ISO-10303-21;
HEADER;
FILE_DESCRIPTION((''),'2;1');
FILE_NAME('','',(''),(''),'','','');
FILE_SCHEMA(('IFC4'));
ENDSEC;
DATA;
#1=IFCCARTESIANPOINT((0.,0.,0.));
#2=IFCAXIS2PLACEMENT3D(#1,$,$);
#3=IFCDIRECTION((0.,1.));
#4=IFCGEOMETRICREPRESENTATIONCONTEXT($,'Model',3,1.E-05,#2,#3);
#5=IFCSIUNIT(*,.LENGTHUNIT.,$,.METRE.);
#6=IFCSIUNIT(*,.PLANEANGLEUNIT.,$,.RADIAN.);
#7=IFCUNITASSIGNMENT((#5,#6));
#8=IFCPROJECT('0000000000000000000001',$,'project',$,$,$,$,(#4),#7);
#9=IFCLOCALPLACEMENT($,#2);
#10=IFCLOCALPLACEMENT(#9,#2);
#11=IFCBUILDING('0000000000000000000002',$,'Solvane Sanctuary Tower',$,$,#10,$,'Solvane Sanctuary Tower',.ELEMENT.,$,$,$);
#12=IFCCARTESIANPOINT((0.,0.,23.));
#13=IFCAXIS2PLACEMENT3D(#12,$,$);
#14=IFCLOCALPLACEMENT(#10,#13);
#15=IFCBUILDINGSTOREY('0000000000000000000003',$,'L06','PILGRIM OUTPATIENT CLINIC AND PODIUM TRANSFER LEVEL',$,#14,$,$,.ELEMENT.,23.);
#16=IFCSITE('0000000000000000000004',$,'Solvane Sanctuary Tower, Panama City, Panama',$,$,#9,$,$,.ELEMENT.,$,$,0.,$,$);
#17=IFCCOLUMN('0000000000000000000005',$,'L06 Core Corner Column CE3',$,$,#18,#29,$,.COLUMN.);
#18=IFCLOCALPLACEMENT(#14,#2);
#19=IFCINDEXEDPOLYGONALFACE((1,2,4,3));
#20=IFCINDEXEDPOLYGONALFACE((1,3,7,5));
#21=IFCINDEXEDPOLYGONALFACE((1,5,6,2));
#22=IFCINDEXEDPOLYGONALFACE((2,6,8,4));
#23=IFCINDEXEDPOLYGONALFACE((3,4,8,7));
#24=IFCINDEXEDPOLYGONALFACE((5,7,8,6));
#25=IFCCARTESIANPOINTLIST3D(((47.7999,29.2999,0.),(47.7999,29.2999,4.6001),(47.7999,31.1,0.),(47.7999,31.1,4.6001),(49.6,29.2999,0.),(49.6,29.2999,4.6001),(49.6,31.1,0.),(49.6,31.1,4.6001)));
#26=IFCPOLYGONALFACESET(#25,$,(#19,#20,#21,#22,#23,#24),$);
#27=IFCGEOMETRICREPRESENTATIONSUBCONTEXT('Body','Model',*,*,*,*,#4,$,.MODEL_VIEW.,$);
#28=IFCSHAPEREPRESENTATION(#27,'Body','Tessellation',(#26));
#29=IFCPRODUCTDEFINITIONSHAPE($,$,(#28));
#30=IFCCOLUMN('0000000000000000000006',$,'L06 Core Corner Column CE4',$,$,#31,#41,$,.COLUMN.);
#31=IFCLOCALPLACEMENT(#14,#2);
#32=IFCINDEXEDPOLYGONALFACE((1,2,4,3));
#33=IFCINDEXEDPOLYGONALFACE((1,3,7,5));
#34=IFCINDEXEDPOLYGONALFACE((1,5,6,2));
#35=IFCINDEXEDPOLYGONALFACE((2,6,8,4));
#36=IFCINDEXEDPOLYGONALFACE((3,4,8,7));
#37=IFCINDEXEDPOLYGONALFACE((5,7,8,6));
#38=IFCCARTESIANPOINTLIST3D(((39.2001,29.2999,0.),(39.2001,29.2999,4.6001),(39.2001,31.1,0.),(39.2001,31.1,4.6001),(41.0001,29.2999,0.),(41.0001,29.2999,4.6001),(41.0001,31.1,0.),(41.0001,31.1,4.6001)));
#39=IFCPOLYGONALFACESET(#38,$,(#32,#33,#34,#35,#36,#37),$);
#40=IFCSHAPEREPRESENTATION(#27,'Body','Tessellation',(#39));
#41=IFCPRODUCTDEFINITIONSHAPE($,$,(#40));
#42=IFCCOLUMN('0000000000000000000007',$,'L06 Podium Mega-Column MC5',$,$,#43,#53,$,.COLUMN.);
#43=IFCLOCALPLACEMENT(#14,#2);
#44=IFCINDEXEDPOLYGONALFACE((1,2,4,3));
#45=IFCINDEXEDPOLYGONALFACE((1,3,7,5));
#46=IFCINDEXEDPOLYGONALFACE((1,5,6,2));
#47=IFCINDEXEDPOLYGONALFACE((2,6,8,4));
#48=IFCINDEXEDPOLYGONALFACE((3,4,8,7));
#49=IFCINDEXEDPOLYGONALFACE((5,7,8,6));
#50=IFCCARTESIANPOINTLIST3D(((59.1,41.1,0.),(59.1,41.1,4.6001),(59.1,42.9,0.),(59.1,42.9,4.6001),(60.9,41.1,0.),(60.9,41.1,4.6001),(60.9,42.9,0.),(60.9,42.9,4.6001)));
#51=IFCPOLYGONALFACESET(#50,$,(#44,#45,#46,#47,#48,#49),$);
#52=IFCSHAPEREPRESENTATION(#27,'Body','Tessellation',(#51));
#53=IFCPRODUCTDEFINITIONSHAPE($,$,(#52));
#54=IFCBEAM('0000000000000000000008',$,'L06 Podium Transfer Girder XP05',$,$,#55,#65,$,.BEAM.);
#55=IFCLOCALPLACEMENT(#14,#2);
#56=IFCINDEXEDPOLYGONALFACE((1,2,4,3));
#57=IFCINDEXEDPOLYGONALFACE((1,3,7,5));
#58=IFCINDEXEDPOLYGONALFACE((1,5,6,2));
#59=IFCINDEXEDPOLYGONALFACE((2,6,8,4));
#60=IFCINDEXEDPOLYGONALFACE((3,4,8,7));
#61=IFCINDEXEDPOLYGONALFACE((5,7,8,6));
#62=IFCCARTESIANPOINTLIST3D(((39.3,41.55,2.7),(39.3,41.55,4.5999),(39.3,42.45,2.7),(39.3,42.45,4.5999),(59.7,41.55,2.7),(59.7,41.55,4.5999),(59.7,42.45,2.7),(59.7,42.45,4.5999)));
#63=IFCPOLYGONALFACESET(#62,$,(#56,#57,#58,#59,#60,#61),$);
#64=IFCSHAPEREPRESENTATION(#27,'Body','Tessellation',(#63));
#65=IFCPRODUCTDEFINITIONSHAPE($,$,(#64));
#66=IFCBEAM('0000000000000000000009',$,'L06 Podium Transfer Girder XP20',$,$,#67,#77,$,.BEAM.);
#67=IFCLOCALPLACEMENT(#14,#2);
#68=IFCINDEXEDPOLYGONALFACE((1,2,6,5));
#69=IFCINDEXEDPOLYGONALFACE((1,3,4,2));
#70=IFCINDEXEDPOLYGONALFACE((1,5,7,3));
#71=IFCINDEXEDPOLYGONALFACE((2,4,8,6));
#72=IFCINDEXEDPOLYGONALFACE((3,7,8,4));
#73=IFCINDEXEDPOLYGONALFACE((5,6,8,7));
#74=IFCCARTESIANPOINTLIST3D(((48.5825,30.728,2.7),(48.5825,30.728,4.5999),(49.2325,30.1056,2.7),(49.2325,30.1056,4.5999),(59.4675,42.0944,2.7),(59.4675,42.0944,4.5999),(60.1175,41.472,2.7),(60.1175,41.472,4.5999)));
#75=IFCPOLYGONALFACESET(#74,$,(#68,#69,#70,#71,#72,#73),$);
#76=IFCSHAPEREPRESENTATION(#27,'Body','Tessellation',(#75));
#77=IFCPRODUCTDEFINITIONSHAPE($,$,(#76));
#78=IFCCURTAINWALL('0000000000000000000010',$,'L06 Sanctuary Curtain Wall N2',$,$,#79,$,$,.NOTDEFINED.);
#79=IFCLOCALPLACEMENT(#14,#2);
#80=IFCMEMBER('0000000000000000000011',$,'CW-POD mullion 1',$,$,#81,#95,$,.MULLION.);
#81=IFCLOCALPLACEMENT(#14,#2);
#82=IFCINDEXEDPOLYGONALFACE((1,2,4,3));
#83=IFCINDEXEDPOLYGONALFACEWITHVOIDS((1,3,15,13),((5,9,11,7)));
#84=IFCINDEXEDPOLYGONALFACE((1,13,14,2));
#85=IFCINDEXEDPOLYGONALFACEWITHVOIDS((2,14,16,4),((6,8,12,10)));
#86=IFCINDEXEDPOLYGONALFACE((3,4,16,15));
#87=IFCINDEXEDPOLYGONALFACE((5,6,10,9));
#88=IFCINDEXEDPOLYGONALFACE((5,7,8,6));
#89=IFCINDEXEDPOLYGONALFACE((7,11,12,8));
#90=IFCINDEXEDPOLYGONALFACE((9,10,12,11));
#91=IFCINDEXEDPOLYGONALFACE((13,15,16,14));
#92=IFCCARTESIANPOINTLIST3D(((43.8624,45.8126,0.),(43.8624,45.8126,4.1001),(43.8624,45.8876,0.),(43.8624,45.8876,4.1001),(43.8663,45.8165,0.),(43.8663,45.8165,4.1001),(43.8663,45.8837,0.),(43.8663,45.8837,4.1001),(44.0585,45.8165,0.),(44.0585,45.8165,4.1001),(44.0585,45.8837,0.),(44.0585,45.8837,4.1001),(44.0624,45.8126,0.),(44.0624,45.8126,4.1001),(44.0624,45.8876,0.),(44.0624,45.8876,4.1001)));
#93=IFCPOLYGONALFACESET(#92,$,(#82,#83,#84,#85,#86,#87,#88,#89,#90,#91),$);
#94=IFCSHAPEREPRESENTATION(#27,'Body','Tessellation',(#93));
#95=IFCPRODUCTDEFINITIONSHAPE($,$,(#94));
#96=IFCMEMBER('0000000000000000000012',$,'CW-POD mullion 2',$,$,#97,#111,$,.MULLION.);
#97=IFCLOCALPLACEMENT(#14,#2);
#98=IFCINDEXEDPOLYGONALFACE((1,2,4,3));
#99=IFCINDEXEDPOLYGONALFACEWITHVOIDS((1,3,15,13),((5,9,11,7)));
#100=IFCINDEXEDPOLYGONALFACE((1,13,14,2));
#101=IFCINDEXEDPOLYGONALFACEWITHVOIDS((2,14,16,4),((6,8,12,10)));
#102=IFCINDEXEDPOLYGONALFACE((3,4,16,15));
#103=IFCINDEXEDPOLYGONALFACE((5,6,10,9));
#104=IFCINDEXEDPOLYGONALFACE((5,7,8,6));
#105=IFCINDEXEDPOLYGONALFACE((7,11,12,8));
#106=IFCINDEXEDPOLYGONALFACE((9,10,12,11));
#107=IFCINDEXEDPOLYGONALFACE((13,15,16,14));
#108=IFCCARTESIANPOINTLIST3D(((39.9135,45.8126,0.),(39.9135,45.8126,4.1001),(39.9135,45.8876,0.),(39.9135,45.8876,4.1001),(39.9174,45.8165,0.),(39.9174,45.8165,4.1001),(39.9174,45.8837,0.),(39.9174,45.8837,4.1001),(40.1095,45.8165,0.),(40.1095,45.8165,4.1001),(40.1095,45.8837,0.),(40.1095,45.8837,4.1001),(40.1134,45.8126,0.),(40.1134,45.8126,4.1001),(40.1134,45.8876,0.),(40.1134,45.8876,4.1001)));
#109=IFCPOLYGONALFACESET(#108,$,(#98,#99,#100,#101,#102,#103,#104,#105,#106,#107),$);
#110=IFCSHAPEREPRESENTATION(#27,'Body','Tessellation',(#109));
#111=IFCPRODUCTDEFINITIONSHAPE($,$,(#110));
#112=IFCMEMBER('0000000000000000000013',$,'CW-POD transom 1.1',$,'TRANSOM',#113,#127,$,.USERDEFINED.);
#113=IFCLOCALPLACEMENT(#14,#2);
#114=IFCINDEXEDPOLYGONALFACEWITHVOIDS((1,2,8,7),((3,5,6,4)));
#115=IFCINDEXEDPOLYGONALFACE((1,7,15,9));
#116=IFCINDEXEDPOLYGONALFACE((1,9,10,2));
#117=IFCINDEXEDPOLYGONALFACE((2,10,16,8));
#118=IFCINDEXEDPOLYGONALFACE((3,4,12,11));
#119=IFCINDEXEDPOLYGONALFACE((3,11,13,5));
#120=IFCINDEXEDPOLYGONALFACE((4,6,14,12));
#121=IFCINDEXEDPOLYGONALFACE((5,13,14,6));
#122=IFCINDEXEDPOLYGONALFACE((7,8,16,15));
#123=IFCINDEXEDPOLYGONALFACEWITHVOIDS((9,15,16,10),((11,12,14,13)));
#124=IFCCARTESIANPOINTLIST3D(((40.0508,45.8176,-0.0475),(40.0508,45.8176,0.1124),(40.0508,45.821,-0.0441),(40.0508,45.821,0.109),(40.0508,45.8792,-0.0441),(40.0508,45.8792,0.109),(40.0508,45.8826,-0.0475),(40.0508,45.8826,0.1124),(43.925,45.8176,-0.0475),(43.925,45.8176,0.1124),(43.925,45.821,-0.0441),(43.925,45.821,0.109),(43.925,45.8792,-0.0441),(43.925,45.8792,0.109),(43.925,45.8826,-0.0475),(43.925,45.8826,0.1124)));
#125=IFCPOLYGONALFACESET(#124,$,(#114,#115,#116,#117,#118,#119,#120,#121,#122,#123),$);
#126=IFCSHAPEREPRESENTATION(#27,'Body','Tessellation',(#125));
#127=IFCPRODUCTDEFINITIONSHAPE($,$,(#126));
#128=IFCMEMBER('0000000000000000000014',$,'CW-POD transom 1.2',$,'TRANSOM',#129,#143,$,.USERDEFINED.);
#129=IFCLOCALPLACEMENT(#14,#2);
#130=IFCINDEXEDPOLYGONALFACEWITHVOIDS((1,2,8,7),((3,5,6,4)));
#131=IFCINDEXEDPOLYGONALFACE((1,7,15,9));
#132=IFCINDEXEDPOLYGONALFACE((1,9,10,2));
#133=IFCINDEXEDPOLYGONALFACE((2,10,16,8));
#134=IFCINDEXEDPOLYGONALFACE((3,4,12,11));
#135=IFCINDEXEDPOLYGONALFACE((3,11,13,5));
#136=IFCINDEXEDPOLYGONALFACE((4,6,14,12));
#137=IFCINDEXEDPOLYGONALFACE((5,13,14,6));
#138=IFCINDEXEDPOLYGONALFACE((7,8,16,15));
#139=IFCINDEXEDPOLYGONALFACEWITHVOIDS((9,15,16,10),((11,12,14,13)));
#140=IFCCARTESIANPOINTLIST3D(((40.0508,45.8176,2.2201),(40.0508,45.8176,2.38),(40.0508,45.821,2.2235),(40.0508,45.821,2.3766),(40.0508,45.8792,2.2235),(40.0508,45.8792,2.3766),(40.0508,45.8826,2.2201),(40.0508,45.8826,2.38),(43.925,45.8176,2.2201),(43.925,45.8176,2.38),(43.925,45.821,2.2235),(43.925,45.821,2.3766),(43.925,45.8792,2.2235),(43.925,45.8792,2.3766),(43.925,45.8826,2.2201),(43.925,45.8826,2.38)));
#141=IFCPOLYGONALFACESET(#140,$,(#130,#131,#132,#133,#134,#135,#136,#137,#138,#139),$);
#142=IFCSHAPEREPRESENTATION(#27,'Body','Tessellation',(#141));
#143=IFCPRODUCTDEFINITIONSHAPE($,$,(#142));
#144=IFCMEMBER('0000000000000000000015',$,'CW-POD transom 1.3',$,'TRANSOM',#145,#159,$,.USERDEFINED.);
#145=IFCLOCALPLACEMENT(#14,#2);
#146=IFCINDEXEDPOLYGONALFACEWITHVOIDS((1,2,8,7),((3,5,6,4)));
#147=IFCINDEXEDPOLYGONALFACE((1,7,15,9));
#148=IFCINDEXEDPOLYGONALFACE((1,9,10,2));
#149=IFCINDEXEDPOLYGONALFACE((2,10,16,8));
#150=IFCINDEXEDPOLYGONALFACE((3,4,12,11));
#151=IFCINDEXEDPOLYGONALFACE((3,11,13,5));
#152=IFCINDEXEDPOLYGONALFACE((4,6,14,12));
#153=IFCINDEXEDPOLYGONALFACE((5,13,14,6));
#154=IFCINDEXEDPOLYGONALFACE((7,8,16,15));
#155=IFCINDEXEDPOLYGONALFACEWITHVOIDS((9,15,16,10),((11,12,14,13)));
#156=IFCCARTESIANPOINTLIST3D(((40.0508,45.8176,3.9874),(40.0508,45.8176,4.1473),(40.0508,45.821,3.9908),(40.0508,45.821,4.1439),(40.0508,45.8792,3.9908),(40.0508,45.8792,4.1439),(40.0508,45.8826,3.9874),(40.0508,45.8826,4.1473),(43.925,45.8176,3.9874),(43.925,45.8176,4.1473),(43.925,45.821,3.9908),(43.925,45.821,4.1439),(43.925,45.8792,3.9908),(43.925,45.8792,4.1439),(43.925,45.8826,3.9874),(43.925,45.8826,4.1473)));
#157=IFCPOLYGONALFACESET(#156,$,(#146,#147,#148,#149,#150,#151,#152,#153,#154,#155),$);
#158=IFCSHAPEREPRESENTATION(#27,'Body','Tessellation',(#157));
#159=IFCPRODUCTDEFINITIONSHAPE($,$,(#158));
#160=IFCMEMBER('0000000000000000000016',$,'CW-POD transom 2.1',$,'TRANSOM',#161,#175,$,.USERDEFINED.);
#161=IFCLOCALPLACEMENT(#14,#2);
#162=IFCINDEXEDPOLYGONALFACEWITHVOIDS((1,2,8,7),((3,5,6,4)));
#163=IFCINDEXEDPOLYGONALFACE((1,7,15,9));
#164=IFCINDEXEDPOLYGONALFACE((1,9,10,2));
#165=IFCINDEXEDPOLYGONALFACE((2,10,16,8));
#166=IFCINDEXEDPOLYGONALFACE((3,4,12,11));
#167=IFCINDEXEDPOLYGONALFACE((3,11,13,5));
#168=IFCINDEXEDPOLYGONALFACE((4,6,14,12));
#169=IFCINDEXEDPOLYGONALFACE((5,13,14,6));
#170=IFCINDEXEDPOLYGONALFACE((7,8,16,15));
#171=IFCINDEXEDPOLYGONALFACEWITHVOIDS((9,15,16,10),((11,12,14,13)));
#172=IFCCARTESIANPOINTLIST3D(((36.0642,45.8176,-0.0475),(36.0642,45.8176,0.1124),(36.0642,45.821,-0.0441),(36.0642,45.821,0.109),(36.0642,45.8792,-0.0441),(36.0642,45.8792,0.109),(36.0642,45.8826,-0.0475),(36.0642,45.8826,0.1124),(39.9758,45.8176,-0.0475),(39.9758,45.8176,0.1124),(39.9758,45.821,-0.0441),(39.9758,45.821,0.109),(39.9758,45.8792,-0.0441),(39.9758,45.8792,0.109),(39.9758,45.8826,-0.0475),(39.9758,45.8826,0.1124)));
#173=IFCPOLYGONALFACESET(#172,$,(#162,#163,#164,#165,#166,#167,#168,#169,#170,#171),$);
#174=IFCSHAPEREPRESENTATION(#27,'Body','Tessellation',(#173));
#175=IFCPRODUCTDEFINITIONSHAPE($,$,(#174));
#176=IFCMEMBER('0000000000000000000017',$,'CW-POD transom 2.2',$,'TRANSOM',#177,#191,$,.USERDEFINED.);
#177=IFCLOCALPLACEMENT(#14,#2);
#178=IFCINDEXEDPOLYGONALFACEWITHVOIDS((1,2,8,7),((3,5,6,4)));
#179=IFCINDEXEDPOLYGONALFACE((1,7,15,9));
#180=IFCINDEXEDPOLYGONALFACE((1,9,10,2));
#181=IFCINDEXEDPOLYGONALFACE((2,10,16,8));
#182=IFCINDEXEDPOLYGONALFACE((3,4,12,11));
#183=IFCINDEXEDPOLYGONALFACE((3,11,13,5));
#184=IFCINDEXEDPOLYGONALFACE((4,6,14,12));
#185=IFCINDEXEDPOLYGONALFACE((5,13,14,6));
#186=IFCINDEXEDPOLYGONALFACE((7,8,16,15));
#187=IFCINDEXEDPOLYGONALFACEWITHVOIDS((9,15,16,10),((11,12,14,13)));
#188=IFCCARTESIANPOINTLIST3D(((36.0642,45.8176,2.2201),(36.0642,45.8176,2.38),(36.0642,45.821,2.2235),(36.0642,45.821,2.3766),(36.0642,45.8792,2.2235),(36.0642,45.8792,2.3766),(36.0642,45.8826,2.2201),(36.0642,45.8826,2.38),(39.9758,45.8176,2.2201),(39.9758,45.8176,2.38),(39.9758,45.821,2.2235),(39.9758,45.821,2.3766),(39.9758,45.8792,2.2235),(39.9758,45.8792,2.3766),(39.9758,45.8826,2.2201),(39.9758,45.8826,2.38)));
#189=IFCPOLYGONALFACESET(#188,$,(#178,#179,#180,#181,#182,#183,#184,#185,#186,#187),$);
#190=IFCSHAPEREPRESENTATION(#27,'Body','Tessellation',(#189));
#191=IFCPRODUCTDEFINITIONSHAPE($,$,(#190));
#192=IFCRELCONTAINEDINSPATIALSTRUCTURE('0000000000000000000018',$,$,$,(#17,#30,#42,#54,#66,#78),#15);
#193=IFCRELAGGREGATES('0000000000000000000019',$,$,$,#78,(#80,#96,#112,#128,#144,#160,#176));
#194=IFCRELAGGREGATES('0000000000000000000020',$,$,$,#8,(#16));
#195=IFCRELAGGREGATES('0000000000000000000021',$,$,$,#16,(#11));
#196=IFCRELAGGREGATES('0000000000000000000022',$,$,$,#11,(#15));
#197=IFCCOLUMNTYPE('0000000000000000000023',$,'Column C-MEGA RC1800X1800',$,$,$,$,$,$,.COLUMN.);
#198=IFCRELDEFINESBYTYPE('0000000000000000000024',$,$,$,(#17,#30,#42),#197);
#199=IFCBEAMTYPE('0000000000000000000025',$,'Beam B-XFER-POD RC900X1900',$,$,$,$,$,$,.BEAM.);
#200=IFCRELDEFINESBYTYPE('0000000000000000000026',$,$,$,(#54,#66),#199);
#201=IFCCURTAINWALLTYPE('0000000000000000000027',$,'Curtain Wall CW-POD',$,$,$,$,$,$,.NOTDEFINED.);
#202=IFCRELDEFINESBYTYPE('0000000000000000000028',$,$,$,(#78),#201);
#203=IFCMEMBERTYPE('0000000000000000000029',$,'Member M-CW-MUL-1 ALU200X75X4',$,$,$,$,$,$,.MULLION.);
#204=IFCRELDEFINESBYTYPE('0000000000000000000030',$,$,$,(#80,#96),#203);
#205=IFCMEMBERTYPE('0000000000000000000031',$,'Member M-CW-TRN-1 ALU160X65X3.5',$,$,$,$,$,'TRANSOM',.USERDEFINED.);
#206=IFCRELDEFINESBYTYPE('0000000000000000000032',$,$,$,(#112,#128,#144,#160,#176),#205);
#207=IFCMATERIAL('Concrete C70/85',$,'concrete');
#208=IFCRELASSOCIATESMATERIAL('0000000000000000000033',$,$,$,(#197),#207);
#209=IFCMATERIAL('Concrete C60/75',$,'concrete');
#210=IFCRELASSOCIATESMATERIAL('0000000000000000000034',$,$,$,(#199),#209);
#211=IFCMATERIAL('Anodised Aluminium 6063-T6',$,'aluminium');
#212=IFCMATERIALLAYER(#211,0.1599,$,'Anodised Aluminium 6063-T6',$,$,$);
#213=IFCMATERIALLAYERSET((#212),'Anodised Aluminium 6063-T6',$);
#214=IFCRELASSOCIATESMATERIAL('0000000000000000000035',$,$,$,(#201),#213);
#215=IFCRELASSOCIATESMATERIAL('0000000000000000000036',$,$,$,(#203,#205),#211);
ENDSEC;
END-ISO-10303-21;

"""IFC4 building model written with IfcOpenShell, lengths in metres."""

from ifc_helpers import new_model, si_unit, direction, frame, origin, origin_2d, place, context, subcontext, project, spatial, rectangle, hollow_rectangle, extrude, material, layer, layer_set, material_profile, profile_set, type_object, element, aggregate, save


model = new_model("IFC4")

# Units and contexts
model_context = context("Model", 3, precision=1e-05, world=origin(), true_north=direction((0.0, 1.0)))
body_context = subcontext(model_context, "Body", "Model", "MODEL_VIEW")
ifc_project = project(units=[si_unit("LENGTHUNIT", "METRE"), si_unit("PLANEANGLEUNIT", "RADIAN")], contexts=[model_context])

# Site, building, storey
site_placement = place(None, origin())
site = spatial("IfcSite", under=ifc_project, at=site_placement, Name="Solvane Sanctuary Tower, Panama City, Panama", CompositionType="ELEMENT", RefElevation=0.0)
building_placement = place(site_placement, origin())
building = spatial("IfcBuilding", under=site, at=building_placement, Name="Solvane Sanctuary Tower", LongName="Solvane Sanctuary Tower", CompositionType="ELEMENT")
storey_placement = place(building_placement, frame((0.0, 0.0, 23.0)))
storey = spatial("IfcBuildingStorey", under=building, at=storey_placement, Name="L06", Description="PILGRIM OUTPATIENT CLINIC AND PODIUM TRANSFER LEVEL", CompositionType="ELEMENT", Elevation=23.0)

# Columns
ifc_material_1 = material(Name="Concrete C70/85", Category="concrete")
ifc_material_profile_1 = material_profile(ifc_material_1, rectangle(XDim=1.8, YDim=1.8, at=origin_2d()), Name="RC1800X1800")
ifc_profile_set_1 = profile_set([ifc_material_profile_1], Name="Concrete C70/85")
column_type = type_object("IfcColumnType", Name="Column C-MEGA RC1800X1800", PredefinedType="COLUMN", material=ifc_profile_set_1)
for number, where, z_axis, x_axis, name in (
    (1, (48.7, 30.2, 0.0), (0.0, 0.0, 1.0), (1.0, 0.0, 0.0), "L06 Core Corner Column CE3"),
    (2, (40.1001, 30.2, 0.0), (0.0, 0.0, 1.0), (1.0, 0.0, 0.0), "L06 Core Corner Column CE4"),
    (3, (60.0, 42.0, 0.0), (0.0, 0.0, 1.0), (1.0, 0.0, 0.0), "L06 Podium Mega-Column MC5"),
):
    element("IfcColumn", number, at=place(storey_placement, frame(where, z_axis=z_axis, x_axis=x_axis)), inside=storey, type_object=column_type, Name=name, PredefinedType="COLUMN", context=body_context, shape_type="SweptSolid", body=[
        extrude(rectangle(XDim=1.8, YDim=1.8, at=origin_2d()), origin(), (0.0, 0.0, 1.0), 4.6001),
    ])

# Beams
ifc_material_2 = material(Name="Concrete C60/75", Category="concrete")
ifc_material_profile_2 = material_profile(ifc_material_2, rectangle(XDim=0.8999, YDim=1.8999, at=origin_2d()), Name="RC900X1900")
ifc_profile_set_2 = profile_set([ifc_material_profile_2], Name="Concrete C60/75")
beam_type = type_object("IfcBeamType", Name="Beam B-XFER-POD RC900X1900", PredefinedType="BEAM", material=ifc_profile_set_2)
beam_1_placement = place(storey_placement, frame((59.7, 42.0, 3.6499), z_axis=(-1.0, 0.0, 0.0), x_axis=(0.0, -1.0, 0.0)))
element("IfcBeam", 4, at=beam_1_placement, inside=storey, type_object=beam_type, Name="L06 Podium Transfer Girder XP05", PredefinedType="BEAM", context=body_context, shape_type="SweptSolid", body=[
    extrude(rectangle(XDim=0.8999, YDim=1.8999, at=origin_2d()), origin(), (0.0, 0.0, 1.0), 20.3999),
])
beam_2_placement = place(storey_placement, frame((59.7925, 41.7832, 3.6499), z_axis=(-0.691646, -0.722237, 0.0), x_axis=(0.722237, -0.691646, 0.0)))
element("IfcBeam", 5, at=beam_2_placement, inside=storey, type_object=beam_type, Name="L06 Podium Transfer Girder XP20", PredefinedType="BEAM", context=body_context, shape_type="SweptSolid", body=[
    extrude(rectangle(XDim=0.8999, YDim=1.8999, at=origin_2d()), origin(), (0.0, 0.0, 1.0), 15.7378),
])

# Curtain wall, members
ifc_material_3 = material(Name="Anodised Aluminium 6063-T6", Category="aluminium")
ifc_layer_1 = layer(ifc_material_3, 0.1599, Name="Anodised Aluminium 6063-T6")
ifc_layer_set_1 = layer_set([ifc_layer_1], Name="Anodised Aluminium 6063-T6")
curtain_wall_type = type_object("IfcCurtainWallType", Name="Curtain Wall CW-POD", PredefinedType="NOTDEFINED", material=ifc_layer_set_1)
curtain_wall_placement = place(storey_placement, origin())
curtain_wall = element("IfcCurtainWall", 6, at=curtain_wall_placement, inside=storey, type_object=curtain_wall_type, Name="L06 Sanctuary Curtain Wall N2", PredefinedType="NOTDEFINED")
ifc_material_profile_3 = material_profile(ifc_material_3, hollow_rectangle(XDim=0.075, YDim=0.2, WallThickness=0.0039, at=origin_2d()), Name="ALU200X75X4")
ifc_profile_set_3 = profile_set([ifc_material_profile_3], Name="Anodised Aluminium 6063-T6")
member_type_1 = type_object("IfcMemberType", Name="Member M-CW-MUL-1 ALU200X75X4", PredefinedType="MULLION", material=ifc_profile_set_3)
member_1_placement = place(storey_placement, frame((43.9624, 45.8501, 0.0), z_axis=(0.0, 0.0, 1.0), x_axis=(0.0, -1.0, 0.0)))
member_1 = element("IfcMember", 7, at=member_1_placement, type_object=member_type_1, Name="CW-POD mullion 1", PredefinedType="MULLION", context=body_context, shape_type="SweptSolid", body=[
    extrude(hollow_rectangle(XDim=0.075, YDim=0.2, WallThickness=0.0039, at=origin_2d()), origin(), (0.0, 0.0, 1.0), 4.1001),
])
member_2_placement = place(storey_placement, frame((40.0134, 45.8501, 0.0), z_axis=(0.0, 0.0, 1.0), x_axis=(0.0, -1.0, 0.0)))
member_2 = element("IfcMember", 8, at=member_2_placement, type_object=member_type_1, Name="CW-POD mullion 2", PredefinedType="MULLION", context=body_context, shape_type="SweptSolid", body=[
    extrude(hollow_rectangle(XDim=0.075, YDim=0.2, WallThickness=0.0039, at=origin_2d()), origin(), (0.0, 0.0, 1.0), 4.1001),
])
ifc_material_profile_4 = material_profile(ifc_material_3, hollow_rectangle(XDim=0.0649, YDim=0.1599, WallThickness=0.0034, at=origin_2d()), Name="ALU160X65X3.5")
ifc_profile_set_4 = profile_set([ifc_material_profile_4], Name="Anodised Aluminium 6063-T6")
member_type_2 = type_object("IfcMemberType", Name="Member M-CW-TRN-1 ALU160X65X3.5", ElementType="TRANSOM", PredefinedType="USERDEFINED", material=ifc_profile_set_4)
member_3_placement = place(storey_placement, frame((43.925, 45.8501, 0.0325), z_axis=(-1.0, 0.0, 0.0), x_axis=(0.0, -1.0, 0.0)))
member_3 = element("IfcMember", 9, at=member_3_placement, type_object=member_type_2, Name="CW-POD transom 1.1", ObjectType="TRANSOM", PredefinedType="USERDEFINED", context=body_context, shape_type="SweptSolid", body=[
    extrude(hollow_rectangle(XDim=0.0649, YDim=0.1599, WallThickness=0.0034, at=origin_2d()), origin(), (0.0, 0.0, 1.0), 3.8743),
])
member_4_placement = place(storey_placement, frame((43.925, 45.8501, 2.3), z_axis=(-1.0, 0.0, 0.0), x_axis=(0.0, -1.0, 0.0)))
member_4 = element("IfcMember", 10, at=member_4_placement, type_object=member_type_2, Name="CW-POD transom 1.2", ObjectType="TRANSOM", PredefinedType="USERDEFINED", context=body_context, shape_type="SweptSolid", body=[
    extrude(hollow_rectangle(XDim=0.0649, YDim=0.1599, WallThickness=0.0034, at=origin_2d()), origin(), (0.0, 0.0, 1.0), 3.8743),
])
member_5_placement = place(storey_placement, frame((43.925, 45.8501, 4.0674), z_axis=(-1.0, 0.0, 0.0), x_axis=(0.0, -1.0, 0.0)))
member_5 = element("IfcMember", 11, at=member_5_placement, type_object=member_type_2, Name="CW-POD transom 1.3", ObjectType="TRANSOM", PredefinedType="USERDEFINED", context=body_context, shape_type="SweptSolid", body=[
    extrude(hollow_rectangle(XDim=0.0649, YDim=0.1599, WallThickness=0.0034, at=origin_2d()), origin(), (0.0, 0.0, 1.0), 3.8743),
])
member_6_placement = place(storey_placement, frame((39.9758, 45.8501, 0.0325), z_axis=(-1.0, 0.0, 0.0), x_axis=(0.0, -1.0, 0.0)))
member_6 = element("IfcMember", 12, at=member_6_placement, type_object=member_type_2, Name="CW-POD transom 2.1", ObjectType="TRANSOM", PredefinedType="USERDEFINED", context=body_context, shape_type="SweptSolid", body=[
    extrude(hollow_rectangle(XDim=0.0649, YDim=0.1599, WallThickness=0.0034, at=origin_2d()), origin(), (0.0, 0.0, 1.0), 3.9116),
])
member_7_placement = place(storey_placement, frame((39.9758, 45.8501, 2.3), z_axis=(-1.0, 0.0, 0.0), x_axis=(0.0, -1.0, 0.0)))
member_7 = element("IfcMember", 13, at=member_7_placement, type_object=member_type_2, Name="CW-POD transom 2.2", ObjectType="TRANSOM", PredefinedType="USERDEFINED", context=body_context, shape_type="SweptSolid", body=[
    extrude(hollow_rectangle(XDim=0.0649, YDim=0.1599, WallThickness=0.0034, at=origin_2d()), origin(), (0.0, 0.0, 1.0), 3.9116),
])

aggregate(curtain_wall, [member_1, member_2, member_3, member_4, member_5, member_6, member_7])

save(model, "model.ifc")
